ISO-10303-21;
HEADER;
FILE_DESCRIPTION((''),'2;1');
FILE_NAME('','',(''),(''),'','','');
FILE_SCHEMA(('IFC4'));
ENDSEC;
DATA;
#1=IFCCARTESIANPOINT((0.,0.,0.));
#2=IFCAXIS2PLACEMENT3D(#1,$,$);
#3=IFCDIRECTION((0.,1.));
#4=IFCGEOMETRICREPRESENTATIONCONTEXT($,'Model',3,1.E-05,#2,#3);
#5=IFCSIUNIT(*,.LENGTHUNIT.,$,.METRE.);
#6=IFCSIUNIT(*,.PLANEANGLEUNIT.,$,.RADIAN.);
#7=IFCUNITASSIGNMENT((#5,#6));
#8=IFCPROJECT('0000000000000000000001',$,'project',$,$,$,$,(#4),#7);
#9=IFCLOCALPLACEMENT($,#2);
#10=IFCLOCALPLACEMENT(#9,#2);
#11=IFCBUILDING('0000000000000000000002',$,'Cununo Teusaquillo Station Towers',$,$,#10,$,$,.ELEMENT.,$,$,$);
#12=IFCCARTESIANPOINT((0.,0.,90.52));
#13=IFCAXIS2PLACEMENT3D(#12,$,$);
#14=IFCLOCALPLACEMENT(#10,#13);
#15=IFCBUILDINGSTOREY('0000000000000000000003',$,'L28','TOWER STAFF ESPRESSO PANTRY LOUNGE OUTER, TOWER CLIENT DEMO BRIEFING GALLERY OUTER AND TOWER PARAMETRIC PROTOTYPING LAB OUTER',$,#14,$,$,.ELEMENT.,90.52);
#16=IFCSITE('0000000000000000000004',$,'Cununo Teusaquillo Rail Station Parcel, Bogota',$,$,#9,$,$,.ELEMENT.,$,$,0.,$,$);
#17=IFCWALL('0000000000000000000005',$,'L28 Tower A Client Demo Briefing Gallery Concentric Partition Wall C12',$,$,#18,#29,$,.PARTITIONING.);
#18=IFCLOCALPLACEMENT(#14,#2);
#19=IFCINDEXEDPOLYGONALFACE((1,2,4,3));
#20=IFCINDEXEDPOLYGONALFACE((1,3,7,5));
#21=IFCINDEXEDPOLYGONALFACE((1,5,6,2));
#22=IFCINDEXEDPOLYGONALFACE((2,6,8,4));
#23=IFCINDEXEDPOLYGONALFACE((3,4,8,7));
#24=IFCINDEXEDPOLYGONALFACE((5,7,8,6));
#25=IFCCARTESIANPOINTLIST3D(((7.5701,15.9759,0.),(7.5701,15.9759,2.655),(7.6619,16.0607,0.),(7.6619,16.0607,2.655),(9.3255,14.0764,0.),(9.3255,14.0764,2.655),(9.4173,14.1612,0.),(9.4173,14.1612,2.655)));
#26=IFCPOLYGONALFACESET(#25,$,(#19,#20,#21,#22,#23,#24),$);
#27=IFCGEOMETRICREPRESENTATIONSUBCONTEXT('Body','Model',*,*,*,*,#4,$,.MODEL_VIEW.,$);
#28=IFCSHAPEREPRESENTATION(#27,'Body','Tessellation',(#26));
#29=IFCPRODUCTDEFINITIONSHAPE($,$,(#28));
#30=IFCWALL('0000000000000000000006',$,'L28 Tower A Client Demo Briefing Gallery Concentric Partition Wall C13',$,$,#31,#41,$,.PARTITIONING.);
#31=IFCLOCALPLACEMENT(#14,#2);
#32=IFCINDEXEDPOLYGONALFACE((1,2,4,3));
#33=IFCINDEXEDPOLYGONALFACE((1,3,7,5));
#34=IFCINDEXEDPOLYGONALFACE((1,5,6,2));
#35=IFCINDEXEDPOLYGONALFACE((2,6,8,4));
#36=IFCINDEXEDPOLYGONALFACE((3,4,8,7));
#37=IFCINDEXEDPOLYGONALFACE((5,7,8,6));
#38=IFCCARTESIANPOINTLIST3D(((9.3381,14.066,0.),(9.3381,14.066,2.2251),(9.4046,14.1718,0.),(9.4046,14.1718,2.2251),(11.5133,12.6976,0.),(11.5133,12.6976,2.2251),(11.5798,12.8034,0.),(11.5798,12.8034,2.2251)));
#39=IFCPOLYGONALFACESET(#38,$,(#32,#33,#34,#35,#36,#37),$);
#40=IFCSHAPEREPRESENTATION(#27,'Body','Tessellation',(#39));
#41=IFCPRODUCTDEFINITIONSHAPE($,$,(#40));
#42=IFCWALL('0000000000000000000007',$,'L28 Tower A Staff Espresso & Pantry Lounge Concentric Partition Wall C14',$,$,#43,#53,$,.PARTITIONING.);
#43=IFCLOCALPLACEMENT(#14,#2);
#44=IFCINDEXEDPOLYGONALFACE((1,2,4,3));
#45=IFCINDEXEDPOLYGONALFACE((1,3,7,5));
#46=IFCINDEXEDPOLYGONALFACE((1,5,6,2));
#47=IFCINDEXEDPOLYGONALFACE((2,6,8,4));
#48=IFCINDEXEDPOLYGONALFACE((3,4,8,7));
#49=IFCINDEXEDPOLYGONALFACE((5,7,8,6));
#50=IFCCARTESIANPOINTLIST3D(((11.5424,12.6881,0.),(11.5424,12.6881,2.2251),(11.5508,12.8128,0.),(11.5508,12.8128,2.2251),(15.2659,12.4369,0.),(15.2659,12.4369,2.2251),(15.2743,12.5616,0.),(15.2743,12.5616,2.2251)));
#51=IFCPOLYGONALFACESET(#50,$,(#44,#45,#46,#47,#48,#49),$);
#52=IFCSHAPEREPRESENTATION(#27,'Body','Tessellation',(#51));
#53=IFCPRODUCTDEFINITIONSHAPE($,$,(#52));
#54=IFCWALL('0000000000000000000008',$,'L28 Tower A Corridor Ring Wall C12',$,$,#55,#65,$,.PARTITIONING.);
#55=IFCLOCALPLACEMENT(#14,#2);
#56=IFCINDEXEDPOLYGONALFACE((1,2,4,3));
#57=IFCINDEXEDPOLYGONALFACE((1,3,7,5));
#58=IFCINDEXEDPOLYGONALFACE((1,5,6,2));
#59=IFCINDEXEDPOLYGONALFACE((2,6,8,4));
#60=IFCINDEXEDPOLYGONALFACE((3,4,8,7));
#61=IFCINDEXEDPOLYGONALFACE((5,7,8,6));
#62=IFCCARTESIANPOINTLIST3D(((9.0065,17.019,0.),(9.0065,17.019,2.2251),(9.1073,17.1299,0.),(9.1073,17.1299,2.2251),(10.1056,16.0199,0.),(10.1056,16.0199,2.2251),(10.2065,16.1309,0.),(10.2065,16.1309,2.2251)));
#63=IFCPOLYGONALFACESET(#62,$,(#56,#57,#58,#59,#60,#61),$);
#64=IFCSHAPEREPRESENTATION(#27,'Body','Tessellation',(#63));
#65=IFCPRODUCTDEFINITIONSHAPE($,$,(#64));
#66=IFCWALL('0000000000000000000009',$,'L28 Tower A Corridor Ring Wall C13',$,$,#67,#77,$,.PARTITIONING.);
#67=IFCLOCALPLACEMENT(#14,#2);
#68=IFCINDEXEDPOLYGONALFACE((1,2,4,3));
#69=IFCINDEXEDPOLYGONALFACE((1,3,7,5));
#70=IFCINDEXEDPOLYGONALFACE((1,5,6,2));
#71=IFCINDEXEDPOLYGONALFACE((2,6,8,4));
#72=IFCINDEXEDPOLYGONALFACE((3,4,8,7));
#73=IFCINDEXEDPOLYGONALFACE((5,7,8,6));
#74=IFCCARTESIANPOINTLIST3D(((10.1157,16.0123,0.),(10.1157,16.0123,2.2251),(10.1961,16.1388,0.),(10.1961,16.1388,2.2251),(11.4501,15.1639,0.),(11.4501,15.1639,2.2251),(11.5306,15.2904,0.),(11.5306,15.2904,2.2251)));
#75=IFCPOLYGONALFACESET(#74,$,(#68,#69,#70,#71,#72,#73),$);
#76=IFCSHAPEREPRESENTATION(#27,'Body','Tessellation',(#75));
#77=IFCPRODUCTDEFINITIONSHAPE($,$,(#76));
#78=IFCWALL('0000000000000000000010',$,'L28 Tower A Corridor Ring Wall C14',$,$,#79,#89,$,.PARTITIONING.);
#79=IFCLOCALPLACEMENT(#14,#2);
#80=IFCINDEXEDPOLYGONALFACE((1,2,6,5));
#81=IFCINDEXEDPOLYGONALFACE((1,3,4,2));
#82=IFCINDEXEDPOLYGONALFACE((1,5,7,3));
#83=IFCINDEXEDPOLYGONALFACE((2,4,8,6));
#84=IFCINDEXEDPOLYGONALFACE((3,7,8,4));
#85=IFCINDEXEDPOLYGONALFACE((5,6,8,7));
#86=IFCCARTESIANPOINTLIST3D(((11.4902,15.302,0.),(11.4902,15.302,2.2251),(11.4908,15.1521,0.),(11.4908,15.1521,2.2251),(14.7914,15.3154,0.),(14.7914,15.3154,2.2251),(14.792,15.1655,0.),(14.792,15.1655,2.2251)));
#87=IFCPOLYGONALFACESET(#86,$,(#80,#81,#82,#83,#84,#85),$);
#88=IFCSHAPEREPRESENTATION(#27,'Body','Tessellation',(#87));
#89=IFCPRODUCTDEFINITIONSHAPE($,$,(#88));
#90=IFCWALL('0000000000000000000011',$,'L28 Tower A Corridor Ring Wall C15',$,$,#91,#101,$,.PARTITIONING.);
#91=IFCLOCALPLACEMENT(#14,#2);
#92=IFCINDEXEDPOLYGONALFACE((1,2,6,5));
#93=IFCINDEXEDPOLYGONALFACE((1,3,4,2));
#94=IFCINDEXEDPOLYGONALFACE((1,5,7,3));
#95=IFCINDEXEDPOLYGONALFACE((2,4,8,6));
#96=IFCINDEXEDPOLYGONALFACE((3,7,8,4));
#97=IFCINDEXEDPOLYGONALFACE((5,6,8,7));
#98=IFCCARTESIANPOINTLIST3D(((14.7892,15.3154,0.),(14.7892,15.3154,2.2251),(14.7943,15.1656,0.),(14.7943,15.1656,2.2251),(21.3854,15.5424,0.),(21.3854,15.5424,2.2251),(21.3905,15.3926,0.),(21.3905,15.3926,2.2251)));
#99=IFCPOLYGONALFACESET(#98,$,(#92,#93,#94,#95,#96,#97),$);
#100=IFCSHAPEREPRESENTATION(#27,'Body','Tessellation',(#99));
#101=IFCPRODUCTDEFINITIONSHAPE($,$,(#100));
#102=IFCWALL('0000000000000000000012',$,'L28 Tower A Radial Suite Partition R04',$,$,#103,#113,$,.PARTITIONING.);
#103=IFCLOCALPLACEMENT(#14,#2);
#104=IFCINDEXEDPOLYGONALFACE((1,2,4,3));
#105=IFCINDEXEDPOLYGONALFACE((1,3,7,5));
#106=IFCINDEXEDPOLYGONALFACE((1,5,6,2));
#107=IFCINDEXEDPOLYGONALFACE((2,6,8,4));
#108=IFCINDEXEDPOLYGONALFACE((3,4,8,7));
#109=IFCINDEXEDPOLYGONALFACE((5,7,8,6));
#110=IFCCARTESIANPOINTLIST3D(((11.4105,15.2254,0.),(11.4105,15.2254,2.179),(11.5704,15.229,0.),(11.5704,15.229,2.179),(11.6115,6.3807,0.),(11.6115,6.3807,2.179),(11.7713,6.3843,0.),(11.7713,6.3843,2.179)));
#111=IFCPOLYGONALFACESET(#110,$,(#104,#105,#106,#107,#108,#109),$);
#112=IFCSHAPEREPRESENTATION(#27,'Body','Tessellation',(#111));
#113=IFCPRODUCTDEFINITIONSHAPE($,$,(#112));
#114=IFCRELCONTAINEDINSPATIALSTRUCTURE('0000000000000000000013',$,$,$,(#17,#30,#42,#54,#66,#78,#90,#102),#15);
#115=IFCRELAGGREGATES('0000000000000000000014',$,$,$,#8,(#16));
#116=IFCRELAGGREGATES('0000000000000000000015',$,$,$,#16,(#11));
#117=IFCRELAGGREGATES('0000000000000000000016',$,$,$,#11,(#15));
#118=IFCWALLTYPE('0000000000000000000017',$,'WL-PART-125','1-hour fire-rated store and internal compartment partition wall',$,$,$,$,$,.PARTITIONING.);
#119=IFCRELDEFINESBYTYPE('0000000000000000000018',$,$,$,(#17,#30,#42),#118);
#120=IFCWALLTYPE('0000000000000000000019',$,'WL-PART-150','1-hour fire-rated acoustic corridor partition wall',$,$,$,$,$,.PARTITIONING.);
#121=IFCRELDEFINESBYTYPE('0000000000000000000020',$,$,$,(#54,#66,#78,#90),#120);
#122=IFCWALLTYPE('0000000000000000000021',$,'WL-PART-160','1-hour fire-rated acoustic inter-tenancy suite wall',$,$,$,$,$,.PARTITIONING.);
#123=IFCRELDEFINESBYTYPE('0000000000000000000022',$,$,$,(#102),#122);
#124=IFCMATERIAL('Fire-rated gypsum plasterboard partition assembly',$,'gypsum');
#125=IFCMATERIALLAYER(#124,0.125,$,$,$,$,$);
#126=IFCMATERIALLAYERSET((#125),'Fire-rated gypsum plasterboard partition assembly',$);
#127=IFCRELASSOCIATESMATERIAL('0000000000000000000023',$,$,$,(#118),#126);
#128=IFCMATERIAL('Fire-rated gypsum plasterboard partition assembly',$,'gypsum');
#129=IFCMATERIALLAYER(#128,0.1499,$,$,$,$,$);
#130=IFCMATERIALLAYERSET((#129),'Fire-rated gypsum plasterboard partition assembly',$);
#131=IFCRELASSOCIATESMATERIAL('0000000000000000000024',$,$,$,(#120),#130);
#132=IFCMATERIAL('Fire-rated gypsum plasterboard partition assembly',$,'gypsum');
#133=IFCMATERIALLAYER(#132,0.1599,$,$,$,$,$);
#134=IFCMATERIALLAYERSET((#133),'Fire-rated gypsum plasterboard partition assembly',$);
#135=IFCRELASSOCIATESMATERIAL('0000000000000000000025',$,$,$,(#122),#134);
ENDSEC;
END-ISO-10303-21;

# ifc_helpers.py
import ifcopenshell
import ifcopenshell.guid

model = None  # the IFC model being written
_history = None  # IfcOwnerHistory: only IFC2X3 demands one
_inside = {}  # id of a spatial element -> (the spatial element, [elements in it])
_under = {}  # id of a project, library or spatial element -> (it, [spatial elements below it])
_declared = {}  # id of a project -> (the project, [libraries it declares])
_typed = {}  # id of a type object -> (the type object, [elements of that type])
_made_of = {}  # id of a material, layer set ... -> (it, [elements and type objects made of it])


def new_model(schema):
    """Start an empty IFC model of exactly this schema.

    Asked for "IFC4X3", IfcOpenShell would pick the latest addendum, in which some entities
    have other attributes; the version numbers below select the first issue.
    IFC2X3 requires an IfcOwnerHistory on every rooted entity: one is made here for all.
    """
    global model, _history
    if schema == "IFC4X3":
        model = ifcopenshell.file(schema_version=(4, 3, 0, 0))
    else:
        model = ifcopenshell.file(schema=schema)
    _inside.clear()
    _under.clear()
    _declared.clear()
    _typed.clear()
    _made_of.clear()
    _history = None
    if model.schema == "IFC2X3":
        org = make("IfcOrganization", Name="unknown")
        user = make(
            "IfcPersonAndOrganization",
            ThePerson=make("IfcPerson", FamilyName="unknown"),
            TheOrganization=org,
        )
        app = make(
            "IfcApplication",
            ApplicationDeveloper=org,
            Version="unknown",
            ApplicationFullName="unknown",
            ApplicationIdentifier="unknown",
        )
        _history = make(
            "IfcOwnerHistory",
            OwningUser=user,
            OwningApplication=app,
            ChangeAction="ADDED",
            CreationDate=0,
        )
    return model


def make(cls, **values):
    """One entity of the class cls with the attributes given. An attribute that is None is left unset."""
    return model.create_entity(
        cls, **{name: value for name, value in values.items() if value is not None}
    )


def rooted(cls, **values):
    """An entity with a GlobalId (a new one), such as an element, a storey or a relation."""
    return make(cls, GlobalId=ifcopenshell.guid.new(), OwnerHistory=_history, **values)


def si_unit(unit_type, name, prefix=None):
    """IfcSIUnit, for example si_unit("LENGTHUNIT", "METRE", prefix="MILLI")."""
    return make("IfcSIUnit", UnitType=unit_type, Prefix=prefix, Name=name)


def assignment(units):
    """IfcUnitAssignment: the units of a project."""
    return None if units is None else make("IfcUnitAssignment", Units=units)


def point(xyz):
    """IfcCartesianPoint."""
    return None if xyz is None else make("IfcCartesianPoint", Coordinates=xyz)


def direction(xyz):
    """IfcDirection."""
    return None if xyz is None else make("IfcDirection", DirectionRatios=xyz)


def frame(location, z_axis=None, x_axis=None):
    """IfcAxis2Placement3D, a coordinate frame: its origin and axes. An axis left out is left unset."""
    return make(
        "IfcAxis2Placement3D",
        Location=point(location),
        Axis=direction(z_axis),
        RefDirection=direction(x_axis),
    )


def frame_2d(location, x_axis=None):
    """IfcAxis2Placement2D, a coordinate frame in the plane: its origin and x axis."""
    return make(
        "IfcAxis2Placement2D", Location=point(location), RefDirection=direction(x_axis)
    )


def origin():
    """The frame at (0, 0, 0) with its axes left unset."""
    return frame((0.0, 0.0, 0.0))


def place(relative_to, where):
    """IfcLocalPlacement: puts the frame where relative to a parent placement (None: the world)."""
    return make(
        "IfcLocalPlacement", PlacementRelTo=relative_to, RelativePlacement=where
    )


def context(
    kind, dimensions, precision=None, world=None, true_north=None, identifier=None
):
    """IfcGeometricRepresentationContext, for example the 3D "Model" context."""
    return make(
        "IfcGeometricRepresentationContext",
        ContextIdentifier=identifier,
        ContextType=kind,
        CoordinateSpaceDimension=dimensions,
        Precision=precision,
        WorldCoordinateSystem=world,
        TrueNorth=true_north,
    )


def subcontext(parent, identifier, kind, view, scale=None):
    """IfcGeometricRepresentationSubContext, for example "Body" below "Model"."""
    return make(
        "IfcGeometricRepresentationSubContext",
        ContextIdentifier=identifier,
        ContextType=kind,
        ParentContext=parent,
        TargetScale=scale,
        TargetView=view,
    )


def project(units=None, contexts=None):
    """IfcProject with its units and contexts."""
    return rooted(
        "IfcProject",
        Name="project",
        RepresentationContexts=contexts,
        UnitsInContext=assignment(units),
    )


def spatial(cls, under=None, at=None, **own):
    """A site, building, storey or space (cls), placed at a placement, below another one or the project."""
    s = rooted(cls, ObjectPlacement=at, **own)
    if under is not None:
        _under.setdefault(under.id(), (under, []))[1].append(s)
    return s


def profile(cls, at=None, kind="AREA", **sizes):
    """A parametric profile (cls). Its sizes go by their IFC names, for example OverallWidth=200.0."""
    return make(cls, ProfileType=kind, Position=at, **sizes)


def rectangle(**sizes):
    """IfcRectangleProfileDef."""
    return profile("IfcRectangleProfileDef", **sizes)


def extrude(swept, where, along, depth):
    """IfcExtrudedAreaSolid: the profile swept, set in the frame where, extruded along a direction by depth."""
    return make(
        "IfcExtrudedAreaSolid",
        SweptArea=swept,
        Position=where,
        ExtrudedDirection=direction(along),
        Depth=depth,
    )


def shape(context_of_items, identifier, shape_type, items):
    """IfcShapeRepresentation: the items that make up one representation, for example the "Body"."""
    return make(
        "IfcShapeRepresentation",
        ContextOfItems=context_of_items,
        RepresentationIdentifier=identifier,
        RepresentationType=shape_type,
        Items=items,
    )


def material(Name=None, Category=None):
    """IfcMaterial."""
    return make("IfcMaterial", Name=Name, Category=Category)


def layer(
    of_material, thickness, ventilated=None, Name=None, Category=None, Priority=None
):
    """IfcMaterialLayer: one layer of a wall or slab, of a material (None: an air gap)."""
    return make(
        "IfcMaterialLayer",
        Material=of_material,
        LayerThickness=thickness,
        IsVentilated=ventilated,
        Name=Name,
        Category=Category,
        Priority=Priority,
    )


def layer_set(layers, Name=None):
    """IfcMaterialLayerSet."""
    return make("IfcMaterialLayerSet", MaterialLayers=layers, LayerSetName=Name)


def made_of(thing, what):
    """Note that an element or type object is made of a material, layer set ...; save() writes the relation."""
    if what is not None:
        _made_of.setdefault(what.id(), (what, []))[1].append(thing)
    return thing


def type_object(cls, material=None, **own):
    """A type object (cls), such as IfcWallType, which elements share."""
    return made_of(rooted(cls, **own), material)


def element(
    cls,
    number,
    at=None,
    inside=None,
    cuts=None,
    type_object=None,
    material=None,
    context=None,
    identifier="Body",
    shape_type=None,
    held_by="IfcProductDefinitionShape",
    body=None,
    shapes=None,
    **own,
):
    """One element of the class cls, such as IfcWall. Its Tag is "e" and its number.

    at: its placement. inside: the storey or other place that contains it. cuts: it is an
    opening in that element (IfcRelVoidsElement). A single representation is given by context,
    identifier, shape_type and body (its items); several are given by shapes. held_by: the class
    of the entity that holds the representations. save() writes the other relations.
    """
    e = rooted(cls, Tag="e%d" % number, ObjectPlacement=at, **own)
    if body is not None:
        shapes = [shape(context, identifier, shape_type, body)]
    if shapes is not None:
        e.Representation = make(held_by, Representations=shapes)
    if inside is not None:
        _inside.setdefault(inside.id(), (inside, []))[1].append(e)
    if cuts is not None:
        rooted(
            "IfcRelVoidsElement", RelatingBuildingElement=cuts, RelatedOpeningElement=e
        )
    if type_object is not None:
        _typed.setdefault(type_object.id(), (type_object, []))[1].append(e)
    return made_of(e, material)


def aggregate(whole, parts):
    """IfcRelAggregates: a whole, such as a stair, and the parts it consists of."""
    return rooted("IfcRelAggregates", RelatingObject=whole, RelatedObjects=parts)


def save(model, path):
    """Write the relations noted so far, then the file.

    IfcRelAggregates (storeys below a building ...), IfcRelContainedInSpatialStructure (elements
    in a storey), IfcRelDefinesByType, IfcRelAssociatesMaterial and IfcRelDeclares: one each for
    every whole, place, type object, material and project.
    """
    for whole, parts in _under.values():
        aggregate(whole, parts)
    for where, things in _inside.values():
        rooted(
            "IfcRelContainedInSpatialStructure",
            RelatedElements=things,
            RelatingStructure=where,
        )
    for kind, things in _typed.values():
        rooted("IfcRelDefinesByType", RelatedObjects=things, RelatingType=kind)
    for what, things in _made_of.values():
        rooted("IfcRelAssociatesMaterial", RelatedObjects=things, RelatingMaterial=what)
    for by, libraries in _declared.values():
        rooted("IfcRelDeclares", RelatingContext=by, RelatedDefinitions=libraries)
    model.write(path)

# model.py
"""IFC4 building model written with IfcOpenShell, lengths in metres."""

from ifc_helpers import new_model, si_unit, direction, frame, frame_2d, origin, place, context, subcontext, project, spatial, rectangle, extrude, material, layer, layer_set, type_object, element, save


model = new_model("IFC4")

# Units and contexts
model_context = context("Model", 3, precision=1e-05, world=origin(), true_north=direction((0.0, 1.0)))
body_context = subcontext(model_context, "Body", "Model", "MODEL_VIEW")
ifc_project = project(units=[si_unit("LENGTHUNIT", "METRE"), si_unit("PLANEANGLEUNIT", "RADIAN")], contexts=[model_context])

# Site, building, storey
site_placement = place(None, origin())
site = spatial("IfcSite", under=ifc_project, at=site_placement, Name="Cununo Teusaquillo Rail Station Parcel, Bogota", CompositionType="ELEMENT", RefElevation=0.0)
building_placement = place(site_placement, origin())
building = spatial("IfcBuilding", under=site, at=building_placement, Name="Cununo Teusaquillo Station Towers", CompositionType="ELEMENT")
storey_placement = place(building_placement, frame((0.0, 0.0, 90.52)))
storey = spatial("IfcBuildingStorey", under=building, at=storey_placement, Name="L28", Description="TOWER STAFF ESPRESSO PANTRY LOUNGE OUTER, TOWER CLIENT DEMO BRIEFING GALLERY OUTER AND TOWER PARAMETRIC PROTOTYPING LAB OUTER", CompositionType="ELEMENT", Elevation=90.52)

# Walls
ifc_material_1 = material(Name="Fire-rated gypsum plasterboard partition assembly", Category="gypsum")
ifc_layer_1 = layer(ifc_material_1, 0.125)
ifc_layer_set_1 = layer_set([ifc_layer_1], Name="Fire-rated gypsum plasterboard partition assembly")
wall_type_1 = type_object("IfcWallType", Name="WL-PART-125", Description="1-hour fire-rated store and internal compartment partition wall", PredefinedType="PARTITIONING", material=ifc_layer_set_1)
wall_1_placement = place(storey_placement, frame((7.616, 16.0183, 0.0), z_axis=(0.0, 0.0, 1.0), x_axis=(0.678711, -0.734405, 0.0)))
element("IfcWall", 1, at=wall_1_placement, inside=storey, type_object=wall_type_1, Name="L28 Tower A Client Demo Briefing Gallery Concentric Partition Wall C12", PredefinedType="PARTITIONING", context=body_context, shape_type="SweptSolid", body=[
    extrude(rectangle(XDim=2.5864, YDim=0.125, at=frame_2d((1.2932, 0.0))), origin(), (0.0, 0.0, 1.0), 2.655),
])
wall_2_placement = place(storey_placement, frame((9.3713, 14.1189, 0.0), z_axis=(0.0, 0.0, 1.0), x_axis=(0.846447, -0.532473, 0.0)))
element("IfcWall", 2, at=wall_2_placement, inside=storey, type_object=wall_type_1, Name="L28 Tower A Client Demo Briefing Gallery Concentric Partition Wall C13", PredefinedType="PARTITIONING", context=body_context, shape_type="SweptSolid", body=[
    extrude(rectangle(XDim=2.5698, YDim=0.125, at=frame_2d((1.2849, 0.0))), origin(), (0.0, 0.0, 1.0), 2.2251),
])
wall_3_placement = place(storey_placement, frame((11.5466, 12.7505, 0.0), z_axis=(0.0, 0.0, 1.0), x_axis=(0.997732, -0.067318, 0.0)))
element("IfcWall", 3, at=wall_3_placement, inside=storey, type_object=wall_type_1, Name="L28 Tower A Staff Espresso & Pantry Lounge Concentric Partition Wall C14", PredefinedType="PARTITIONING", context=body_context, shape_type="SweptSolid", body=[
    extrude(rectangle(XDim=3.7319, YDim=0.125, at=frame_2d((1.866, 0.0))), origin(), (0.0, 0.0, 1.0), 2.2251),
])
ifc_material_2 = material(Name="Fire-rated gypsum plasterboard partition assembly", Category="gypsum")
ifc_layer_2 = layer(ifc_material_2, 0.1499)
ifc_layer_set_2 = layer_set([ifc_layer_2], Name="Fire-rated gypsum plasterboard partition assembly")
wall_type_2 = type_object("IfcWallType", Name="WL-PART-150", Description="1-hour fire-rated acoustic corridor partition wall", PredefinedType="PARTITIONING", material=ifc_layer_set_2)
wall_4_placement = place(storey_placement, frame((9.0569, 17.0745, 0.0), z_axis=(0.0, 0.0, 1.0), x_axis=(0.74, -0.672607, 0.0)))
element("IfcWall", 4, at=wall_4_placement, inside=storey, type_object=wall_type_2, Name="L28 Tower A Corridor Ring Wall C12", PredefinedType="PARTITIONING", context=body_context, shape_type="SweptSolid", body=[
    extrude(rectangle(XDim=1.4854, YDim=0.1499, at=frame_2d((0.7427, 0.0))), origin(), (0.0, 0.0, 1.0), 2.2251),
])
wall_5_placement = place(storey_placement, frame((10.156, 16.0754, 0.0), z_axis=(0.0, 0.0, 1.0), x_axis=(0.843897, -0.536506, 0.0)))
element("IfcWall", 5, at=wall_5_placement, inside=storey, type_object=wall_type_2, Name="L28 Tower A Corridor Ring Wall C13", PredefinedType="PARTITIONING", context=body_context, shape_type="SweptSolid", body=[
    extrude(rectangle(XDim=1.5813, YDim=0.1499, at=frame_2d((0.7905, 0.0))), origin(), (0.0, 0.0, 1.0), 2.2251),
])
wall_6_placement = place(storey_placement, frame((11.4905, 15.2271, 0.0), z_axis=(0.0, 0.0, 1.0), x_axis=(0.999992, 0.004067, 0.0)))
element("IfcWall", 6, at=wall_6_placement, inside=storey, type_object=wall_type_2, Name="L28 Tower A Corridor Ring Wall C14", PredefinedType="PARTITIONING", context=body_context, shape_type="SweptSolid", body=[
    extrude(rectangle(XDim=3.3013, YDim=0.1499, at=frame_2d((1.6506, 0.0))), origin(), (0.0, 0.0, 1.0), 2.2251),
])
wall_7_placement = place(storey_placement, frame((14.7917, 15.2405, 0.0), z_axis=(0.0, 0.0, 1.0), x_axis=(0.999408, 0.034401, 0.0)))
element("IfcWall", 7, at=wall_7_placement, inside=storey, type_object=wall_type_2, Name="L28 Tower A Corridor Ring Wall C15", PredefinedType="PARTITIONING", context=body_context, shape_type="SweptSolid", body=[
    extrude(rectangle(XDim=6.6001, YDim=0.1499, at=frame_2d((3.3, 0.0))), origin(), (0.0, 0.0, 1.0), 2.2251),
])
ifc_material_3 = material(Name="Fire-rated gypsum plasterboard partition assembly", Category="gypsum")
ifc_layer_3 = layer(ifc_material_3, 0.1599)
ifc_layer_set_3 = layer_set([ifc_layer_3], Name="Fire-rated gypsum plasterboard partition assembly")
wall_type_3 = type_object("IfcWallType", Name="WL-PART-160", Description="1-hour fire-rated acoustic inter-tenancy suite wall", PredefinedType="PARTITIONING", material=ifc_layer_set_3)
wall_8_placement = place(storey_placement, frame((11.4905, 15.2271, 0.0), z_axis=(0.0, 0.0, 1.0), x_axis=(0.022711, -0.999742, 0.0)))
element("IfcWall", 8, at=wall_8_placement, inside=storey, type_object=wall_type_3, Name="L28 Tower A Radial Suite Partition R04", PredefinedType="PARTITIONING", context=body_context, shape_type="SweptSolid", body=[
    extrude(rectangle(XDim=8.8469, YDim=0.1599, at=frame_2d((4.4233, 0.0))), origin(), (0.0, 0.0, 1.0), 2.179),
])

save(model, "model.ifc")
